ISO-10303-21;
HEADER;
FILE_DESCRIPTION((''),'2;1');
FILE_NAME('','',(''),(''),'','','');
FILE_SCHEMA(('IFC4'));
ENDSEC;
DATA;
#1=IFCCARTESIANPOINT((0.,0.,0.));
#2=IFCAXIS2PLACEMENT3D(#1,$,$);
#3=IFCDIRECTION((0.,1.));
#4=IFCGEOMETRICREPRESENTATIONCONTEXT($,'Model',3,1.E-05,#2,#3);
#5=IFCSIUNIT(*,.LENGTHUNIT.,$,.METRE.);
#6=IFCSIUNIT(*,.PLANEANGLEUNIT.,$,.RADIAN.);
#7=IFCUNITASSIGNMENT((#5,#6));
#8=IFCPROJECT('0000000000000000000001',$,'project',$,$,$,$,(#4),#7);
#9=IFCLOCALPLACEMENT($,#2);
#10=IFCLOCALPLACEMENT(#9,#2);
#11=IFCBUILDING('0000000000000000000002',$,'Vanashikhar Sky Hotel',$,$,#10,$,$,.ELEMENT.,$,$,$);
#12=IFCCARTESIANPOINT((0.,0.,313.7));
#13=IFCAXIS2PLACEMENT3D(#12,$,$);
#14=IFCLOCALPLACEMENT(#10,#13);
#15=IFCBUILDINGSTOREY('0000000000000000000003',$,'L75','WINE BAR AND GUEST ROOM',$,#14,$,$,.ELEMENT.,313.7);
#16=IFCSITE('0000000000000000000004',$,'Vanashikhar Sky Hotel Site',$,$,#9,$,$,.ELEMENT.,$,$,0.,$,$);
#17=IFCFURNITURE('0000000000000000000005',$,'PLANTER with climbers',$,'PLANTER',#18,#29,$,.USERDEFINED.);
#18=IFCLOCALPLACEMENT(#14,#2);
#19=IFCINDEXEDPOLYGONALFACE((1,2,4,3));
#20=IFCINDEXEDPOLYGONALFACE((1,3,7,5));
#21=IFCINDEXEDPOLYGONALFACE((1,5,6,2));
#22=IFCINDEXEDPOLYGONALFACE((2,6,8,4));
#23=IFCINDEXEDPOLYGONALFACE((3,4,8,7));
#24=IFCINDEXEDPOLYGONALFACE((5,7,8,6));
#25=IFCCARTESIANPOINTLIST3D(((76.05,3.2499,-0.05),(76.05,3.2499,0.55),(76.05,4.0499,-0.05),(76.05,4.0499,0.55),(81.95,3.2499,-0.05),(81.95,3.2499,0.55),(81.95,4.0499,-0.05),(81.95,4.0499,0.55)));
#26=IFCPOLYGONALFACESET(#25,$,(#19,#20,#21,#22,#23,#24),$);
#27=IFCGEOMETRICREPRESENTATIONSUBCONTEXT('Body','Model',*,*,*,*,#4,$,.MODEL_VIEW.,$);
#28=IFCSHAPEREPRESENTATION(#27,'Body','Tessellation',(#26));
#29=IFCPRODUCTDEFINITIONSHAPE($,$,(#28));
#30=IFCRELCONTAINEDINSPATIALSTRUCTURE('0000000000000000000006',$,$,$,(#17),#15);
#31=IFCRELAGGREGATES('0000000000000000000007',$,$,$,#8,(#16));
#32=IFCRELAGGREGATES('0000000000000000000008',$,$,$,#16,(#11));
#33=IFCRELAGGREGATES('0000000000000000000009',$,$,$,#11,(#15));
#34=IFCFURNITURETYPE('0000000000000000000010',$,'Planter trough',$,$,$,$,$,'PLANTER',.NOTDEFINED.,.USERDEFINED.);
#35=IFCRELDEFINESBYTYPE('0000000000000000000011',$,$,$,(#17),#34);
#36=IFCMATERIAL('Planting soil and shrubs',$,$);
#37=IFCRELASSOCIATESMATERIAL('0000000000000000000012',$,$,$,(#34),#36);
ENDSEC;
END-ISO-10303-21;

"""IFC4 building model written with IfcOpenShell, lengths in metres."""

from ifc_helpers import new_model, si_unit, direction, frame, origin, origin_2d, place, context, subcontext, project, spatial, rectangle, extrude, source, transform, mapped, material, type_object, element, save


model = new_model("IFC4")

# Units and contexts
model_context = context("Model", 3, precision=1e-05, world=origin(), true_north=direction((0.0, 1.0)))
body_context = subcontext(model_context, "Body", "Model", "MODEL_VIEW")
ifc_project = project(units=[si_unit("LENGTHUNIT", "METRE"), si_unit("PLANEANGLEUNIT", "RADIAN")], contexts=[model_context])

# Site, building, storey
site_placement = place(None, origin())
site = spatial("IfcSite", under=ifc_project, at=site_placement, Name="Vanashikhar Sky Hotel Site", CompositionType="ELEMENT", RefElevation=0.0)
building_placement = place(site_placement, origin())
building = spatial("IfcBuilding", under=site, at=building_placement, Name="Vanashikhar Sky Hotel", CompositionType="ELEMENT")
storey_placement = place(building_placement, frame((0.0, 0.0, 313.7)))
storey = spatial("IfcBuildingStorey", under=building, at=storey_placement, Name="L75", Description="WINE BAR AND GUEST ROOM", CompositionType="ELEMENT", Elevation=313.7)

# Furniture
ifc_material_1 = material(Name="Planting soil and shrubs")
furniture_type = type_object("IfcFurnitureType", Name="Planter trough", ElementType="PLANTER", AssemblyPlace="NOTDEFINED", PredefinedType="USERDEFINED", material=ifc_material_1)
shared_shape_1 = source(origin(), body_context, "Body", "SweptSolid", [
    extrude(rectangle(XDim=5.8999, YDim=0.8, at=origin_2d()), origin(), (0.0, 0.0, 1.0), 0.6001),
])
furniture_placement = place(storey_placement, frame((79.0, 3.6499, -0.05), z_axis=(0.0, 0.0, 1.0), x_axis=(1.0, 0.0, 0.0)))
element("IfcFurniture", 1, at=furniture_placement, inside=storey, type_object=furniture_type, Name="PLANTER with climbers", ObjectType="PLANTER", PredefinedType="USERDEFINED", context=body_context, shape_type="MappedRepresentation", body=[
    mapped(shared_shape_1, transform((0.0, 0.0, 0.0), scale=1.0)),
])

save(model, "model.ifc")
